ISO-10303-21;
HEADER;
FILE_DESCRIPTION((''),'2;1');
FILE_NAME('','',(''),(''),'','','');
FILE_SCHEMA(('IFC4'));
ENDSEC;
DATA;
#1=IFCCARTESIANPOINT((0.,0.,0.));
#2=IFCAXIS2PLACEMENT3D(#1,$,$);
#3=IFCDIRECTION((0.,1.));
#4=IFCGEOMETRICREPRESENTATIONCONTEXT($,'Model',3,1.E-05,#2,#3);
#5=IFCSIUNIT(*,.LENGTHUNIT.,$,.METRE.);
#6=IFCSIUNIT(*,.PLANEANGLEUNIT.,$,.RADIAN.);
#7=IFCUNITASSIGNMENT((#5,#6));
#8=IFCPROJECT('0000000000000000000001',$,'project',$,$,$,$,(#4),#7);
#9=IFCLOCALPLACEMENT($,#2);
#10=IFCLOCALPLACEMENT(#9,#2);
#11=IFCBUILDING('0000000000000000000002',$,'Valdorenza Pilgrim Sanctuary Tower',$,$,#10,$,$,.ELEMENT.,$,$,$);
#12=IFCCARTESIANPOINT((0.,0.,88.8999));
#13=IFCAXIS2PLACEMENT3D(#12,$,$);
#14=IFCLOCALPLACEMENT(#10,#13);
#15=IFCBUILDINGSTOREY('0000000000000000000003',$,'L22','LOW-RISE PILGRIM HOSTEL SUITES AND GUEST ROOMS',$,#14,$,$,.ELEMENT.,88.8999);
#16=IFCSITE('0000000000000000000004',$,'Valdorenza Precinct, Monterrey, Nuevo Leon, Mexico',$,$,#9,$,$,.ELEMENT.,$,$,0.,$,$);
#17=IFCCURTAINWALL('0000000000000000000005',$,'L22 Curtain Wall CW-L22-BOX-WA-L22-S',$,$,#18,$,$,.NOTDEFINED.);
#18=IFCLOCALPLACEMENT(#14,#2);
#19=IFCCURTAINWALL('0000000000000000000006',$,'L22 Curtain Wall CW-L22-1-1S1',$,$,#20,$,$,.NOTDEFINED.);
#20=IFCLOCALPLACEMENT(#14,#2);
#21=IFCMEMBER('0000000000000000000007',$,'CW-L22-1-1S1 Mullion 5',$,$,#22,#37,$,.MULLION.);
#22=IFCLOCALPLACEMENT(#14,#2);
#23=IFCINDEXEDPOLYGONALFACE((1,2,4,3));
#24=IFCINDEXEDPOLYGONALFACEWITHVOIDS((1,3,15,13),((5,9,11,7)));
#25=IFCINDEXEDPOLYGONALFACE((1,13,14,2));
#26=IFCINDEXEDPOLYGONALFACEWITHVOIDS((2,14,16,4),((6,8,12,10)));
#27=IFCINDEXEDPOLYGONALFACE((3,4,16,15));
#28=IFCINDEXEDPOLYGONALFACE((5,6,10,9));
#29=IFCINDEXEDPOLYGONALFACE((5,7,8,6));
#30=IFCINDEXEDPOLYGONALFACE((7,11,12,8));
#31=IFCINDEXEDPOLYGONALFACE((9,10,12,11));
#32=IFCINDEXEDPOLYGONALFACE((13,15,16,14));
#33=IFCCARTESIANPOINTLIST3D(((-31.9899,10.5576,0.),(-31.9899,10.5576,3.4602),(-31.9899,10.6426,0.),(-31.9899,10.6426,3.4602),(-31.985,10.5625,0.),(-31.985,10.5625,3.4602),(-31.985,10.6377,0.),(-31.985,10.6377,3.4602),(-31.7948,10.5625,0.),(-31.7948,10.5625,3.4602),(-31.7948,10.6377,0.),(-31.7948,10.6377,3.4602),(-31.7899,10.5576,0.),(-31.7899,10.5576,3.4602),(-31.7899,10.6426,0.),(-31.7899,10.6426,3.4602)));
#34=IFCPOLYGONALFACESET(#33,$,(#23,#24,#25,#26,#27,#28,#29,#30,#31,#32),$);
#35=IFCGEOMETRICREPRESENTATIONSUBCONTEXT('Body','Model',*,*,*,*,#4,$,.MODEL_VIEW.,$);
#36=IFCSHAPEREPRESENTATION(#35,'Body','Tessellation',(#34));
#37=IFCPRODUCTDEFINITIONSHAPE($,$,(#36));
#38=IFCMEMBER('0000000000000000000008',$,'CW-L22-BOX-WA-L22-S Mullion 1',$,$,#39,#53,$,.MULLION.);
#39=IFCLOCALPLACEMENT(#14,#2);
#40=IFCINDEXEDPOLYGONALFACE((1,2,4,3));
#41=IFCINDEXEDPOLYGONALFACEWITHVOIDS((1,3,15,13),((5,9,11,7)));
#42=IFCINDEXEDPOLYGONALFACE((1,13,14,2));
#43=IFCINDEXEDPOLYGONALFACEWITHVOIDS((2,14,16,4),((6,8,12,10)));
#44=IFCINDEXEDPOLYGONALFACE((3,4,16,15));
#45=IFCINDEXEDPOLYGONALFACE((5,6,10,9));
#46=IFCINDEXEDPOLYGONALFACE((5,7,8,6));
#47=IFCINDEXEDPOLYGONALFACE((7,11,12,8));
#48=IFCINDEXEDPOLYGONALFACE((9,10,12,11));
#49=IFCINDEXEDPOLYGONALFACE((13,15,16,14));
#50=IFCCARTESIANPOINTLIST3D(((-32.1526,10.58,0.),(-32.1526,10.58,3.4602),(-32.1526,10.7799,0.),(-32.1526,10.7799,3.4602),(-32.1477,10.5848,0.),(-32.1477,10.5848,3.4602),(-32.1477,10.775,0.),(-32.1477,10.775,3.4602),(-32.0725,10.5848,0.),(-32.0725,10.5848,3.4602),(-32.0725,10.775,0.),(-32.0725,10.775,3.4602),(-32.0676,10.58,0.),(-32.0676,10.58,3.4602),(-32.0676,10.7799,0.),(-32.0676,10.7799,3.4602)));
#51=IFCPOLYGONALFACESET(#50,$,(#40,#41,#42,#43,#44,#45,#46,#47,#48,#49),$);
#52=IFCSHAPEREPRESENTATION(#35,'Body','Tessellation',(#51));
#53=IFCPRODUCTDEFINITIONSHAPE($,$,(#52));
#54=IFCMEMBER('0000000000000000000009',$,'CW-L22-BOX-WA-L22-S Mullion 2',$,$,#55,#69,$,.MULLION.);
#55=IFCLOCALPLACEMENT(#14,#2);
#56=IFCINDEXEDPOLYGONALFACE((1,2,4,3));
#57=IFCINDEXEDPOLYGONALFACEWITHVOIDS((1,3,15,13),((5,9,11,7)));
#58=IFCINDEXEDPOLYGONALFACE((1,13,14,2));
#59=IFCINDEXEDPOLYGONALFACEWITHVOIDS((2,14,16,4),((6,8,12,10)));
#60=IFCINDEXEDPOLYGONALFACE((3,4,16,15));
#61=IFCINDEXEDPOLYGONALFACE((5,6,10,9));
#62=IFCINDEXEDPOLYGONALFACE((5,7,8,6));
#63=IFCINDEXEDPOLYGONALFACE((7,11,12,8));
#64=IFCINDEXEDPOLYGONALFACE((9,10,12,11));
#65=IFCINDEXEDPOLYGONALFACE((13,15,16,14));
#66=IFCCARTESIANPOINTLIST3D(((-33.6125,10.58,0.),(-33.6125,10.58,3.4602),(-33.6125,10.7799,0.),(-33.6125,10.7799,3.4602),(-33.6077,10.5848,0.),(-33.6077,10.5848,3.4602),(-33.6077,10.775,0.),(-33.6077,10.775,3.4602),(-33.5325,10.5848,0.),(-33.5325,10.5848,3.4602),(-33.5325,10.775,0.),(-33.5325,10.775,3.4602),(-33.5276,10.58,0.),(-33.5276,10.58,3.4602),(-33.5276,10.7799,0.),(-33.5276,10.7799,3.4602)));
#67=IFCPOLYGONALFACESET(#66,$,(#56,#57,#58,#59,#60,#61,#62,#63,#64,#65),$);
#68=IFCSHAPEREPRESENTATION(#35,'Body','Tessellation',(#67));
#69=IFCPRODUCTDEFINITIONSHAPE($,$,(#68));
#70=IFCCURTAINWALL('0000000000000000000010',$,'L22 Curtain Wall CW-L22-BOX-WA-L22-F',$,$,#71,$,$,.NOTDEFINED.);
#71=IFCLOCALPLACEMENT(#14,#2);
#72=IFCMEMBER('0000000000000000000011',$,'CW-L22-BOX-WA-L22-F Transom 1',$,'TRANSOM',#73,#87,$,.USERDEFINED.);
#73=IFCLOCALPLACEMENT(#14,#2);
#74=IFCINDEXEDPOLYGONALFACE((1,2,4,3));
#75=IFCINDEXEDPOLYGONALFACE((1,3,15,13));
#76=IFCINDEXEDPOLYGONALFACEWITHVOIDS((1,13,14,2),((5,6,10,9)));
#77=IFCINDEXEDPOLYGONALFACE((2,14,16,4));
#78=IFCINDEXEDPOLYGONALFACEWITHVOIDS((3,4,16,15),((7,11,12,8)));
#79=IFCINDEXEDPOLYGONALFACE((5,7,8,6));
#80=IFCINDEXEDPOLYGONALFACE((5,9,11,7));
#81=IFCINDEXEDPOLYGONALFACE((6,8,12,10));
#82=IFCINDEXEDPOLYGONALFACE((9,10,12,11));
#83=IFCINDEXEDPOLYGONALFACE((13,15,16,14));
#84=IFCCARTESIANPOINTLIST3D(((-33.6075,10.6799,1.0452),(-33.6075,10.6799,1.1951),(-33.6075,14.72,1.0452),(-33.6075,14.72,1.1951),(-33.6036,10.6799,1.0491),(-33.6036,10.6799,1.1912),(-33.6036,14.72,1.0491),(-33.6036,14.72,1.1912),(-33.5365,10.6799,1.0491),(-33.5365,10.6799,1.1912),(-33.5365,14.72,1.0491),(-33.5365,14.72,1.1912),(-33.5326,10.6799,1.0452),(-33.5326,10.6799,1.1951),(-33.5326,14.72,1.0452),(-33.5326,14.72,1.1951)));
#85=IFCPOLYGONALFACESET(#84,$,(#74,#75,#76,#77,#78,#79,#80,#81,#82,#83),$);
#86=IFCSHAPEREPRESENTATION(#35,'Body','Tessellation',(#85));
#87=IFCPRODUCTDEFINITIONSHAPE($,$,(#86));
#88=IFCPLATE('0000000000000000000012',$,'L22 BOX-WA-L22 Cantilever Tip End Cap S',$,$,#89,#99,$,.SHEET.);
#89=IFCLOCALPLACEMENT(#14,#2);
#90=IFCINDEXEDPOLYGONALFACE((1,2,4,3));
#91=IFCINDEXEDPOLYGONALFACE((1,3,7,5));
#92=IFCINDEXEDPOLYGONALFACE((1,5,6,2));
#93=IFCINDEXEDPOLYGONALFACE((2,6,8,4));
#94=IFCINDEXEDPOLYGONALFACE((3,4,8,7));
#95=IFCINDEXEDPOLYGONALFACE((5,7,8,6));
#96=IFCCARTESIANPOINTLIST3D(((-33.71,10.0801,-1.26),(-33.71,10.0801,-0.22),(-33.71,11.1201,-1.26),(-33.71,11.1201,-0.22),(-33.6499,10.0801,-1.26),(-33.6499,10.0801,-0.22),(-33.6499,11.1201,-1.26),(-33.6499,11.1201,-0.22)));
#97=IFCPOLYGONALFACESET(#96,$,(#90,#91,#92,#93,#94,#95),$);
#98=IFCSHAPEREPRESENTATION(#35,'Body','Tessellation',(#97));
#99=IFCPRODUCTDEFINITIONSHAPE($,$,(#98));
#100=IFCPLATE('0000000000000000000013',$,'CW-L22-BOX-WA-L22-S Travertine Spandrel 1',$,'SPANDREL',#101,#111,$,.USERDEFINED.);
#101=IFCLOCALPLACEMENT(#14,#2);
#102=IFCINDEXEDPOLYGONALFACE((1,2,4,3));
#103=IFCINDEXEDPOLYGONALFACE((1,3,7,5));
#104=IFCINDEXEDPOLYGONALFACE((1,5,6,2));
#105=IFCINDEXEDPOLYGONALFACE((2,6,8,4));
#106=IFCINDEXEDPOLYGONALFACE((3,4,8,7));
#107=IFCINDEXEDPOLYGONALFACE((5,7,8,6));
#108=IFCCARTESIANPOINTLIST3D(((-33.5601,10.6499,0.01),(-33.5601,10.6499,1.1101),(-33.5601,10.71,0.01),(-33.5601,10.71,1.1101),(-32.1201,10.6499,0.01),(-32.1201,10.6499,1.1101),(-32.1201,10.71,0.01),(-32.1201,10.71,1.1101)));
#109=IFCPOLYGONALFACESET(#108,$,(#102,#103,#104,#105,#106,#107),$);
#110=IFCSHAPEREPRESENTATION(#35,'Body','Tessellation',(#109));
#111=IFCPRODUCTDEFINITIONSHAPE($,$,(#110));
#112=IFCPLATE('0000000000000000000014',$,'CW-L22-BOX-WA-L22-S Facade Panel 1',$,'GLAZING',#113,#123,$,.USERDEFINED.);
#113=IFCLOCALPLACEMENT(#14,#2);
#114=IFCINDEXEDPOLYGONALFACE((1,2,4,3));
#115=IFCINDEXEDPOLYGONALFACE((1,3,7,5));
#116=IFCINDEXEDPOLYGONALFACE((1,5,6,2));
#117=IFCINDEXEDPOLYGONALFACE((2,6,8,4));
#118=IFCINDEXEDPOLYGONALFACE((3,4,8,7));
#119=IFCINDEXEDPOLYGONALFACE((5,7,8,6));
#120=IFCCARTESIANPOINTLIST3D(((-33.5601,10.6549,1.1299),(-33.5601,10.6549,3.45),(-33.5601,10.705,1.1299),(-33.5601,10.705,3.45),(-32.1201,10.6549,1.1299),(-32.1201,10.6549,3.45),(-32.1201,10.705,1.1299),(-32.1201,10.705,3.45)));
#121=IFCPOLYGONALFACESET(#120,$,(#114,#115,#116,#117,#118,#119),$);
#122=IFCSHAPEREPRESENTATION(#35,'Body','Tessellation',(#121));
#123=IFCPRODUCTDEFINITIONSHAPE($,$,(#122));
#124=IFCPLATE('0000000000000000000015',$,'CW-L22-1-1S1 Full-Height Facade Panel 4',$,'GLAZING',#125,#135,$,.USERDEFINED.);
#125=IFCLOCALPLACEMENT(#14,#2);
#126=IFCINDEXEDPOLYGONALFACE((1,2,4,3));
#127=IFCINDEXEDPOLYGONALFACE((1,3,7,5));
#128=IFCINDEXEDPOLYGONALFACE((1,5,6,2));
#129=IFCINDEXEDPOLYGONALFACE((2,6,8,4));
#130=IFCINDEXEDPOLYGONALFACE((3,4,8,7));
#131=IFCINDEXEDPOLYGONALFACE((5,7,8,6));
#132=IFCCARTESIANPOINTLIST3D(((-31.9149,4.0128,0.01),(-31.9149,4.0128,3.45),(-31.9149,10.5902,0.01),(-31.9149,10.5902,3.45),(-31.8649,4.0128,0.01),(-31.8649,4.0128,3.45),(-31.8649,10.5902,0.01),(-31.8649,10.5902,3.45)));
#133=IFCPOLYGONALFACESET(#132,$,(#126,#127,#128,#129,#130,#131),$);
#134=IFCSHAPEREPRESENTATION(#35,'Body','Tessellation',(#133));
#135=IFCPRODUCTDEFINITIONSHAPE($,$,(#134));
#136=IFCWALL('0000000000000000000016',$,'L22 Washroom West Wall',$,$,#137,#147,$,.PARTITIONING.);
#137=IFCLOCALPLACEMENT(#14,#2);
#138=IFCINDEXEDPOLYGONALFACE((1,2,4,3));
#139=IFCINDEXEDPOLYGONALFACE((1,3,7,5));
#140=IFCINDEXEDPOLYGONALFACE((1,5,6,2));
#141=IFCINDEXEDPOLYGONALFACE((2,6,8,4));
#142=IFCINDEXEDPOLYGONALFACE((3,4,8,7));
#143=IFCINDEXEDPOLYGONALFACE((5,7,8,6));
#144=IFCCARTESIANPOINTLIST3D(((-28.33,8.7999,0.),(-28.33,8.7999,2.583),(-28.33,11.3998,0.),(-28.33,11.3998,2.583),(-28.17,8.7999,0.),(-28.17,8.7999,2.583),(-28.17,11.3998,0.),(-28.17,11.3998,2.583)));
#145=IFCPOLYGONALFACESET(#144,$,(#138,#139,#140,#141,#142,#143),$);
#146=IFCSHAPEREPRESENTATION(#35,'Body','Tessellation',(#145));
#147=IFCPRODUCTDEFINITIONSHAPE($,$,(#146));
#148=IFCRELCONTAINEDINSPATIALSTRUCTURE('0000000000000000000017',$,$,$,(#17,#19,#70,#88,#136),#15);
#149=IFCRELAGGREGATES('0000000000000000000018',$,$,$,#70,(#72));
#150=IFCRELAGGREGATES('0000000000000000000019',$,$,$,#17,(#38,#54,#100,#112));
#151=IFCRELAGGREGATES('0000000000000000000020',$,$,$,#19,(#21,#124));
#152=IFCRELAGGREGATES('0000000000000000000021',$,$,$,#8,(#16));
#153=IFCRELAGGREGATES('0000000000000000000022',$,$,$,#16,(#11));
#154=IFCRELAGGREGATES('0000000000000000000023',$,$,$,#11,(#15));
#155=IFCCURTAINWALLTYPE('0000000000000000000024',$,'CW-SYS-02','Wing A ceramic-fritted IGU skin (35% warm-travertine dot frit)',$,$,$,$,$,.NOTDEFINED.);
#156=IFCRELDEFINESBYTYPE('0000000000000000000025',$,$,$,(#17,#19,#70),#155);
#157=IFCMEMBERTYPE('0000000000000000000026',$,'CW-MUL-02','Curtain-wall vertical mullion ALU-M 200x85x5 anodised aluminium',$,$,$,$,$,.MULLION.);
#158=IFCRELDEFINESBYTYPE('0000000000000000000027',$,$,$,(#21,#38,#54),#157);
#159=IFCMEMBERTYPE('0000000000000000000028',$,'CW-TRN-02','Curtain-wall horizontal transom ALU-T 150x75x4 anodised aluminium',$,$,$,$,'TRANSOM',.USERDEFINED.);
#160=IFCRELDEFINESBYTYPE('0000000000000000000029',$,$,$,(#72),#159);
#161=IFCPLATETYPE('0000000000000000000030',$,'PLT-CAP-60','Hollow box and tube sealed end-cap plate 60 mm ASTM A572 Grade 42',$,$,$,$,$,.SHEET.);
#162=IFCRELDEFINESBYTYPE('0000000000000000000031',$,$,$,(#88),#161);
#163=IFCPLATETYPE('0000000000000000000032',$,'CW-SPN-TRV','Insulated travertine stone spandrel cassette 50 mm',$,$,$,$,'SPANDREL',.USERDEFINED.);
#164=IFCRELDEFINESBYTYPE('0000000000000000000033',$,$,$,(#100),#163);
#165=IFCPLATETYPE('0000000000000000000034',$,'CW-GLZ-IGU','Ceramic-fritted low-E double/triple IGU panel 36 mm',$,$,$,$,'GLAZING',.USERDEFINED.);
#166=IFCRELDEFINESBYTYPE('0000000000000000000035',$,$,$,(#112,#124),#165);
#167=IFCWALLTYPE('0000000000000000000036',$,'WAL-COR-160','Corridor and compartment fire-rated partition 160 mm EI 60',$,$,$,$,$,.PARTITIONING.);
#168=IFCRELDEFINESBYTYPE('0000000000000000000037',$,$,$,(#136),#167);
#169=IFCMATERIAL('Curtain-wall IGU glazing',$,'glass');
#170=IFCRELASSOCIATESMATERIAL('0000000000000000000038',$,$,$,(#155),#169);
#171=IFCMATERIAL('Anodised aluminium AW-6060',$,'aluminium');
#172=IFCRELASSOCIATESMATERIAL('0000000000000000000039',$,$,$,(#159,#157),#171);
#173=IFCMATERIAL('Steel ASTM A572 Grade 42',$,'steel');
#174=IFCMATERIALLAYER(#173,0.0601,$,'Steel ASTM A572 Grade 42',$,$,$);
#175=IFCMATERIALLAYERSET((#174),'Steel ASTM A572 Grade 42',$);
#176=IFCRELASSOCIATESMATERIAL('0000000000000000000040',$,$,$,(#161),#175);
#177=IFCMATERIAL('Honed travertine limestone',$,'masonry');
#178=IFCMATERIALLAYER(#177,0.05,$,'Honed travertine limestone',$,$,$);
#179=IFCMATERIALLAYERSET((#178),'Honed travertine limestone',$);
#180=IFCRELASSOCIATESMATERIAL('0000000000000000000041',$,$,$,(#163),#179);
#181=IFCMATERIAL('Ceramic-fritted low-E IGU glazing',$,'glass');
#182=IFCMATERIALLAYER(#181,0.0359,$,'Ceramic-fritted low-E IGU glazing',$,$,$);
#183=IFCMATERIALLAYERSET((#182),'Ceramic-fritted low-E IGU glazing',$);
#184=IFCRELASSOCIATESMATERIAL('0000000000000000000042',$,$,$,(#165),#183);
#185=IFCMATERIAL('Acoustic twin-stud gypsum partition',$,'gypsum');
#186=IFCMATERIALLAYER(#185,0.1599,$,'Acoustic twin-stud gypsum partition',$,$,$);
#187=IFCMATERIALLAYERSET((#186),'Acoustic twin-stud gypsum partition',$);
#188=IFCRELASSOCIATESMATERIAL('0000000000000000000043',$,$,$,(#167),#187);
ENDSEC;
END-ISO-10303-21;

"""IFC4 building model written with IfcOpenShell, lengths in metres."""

from ifc_helpers import new_model, si_unit, direction, frame, frame_2d, origin, origin_2d, place, context, subcontext, project, spatial, rectangle, hollow_rectangle, extrude, source, transform, mapped, material, layer, layer_set, material_profile, profile_set, type_object, element, aggregate, save


model = new_model("IFC4")

# Units and contexts
model_context = context("Model", 3, precision=1e-05, world=origin(), true_north=direction((0.0, 1.0)))
body_context = subcontext(model_context, "Body", "Model", "MODEL_VIEW")
ifc_project = project(units=[si_unit("LENGTHUNIT", "METRE"), si_unit("PLANEANGLEUNIT", "RADIAN")], contexts=[model_context])

# Site, building, storey
site_placement = place(None, origin())
site = spatial("IfcSite", under=ifc_project, at=site_placement, Name="Valdorenza Precinct, Monterrey, Nuevo Leon, Mexico", CompositionType="ELEMENT", RefElevation=0.0)
building_placement = place(site_placement, origin())
building = spatial("IfcBuilding", under=site, at=building_placement, Name="Valdorenza Pilgrim Sanctuary Tower", CompositionType="ELEMENT")
storey_placement = place(building_placement, frame((0.0, 0.0, 88.8999)))
storey = spatial("IfcBuildingStorey", under=building, at=storey_placement, Name="L22", Description="LOW-RISE PILGRIM HOSTEL SUITES AND GUEST ROOMS", CompositionType="ELEMENT", Elevation=88.8999)

# Shared definitions
ifc_material_1 = material(Name="Steel ASTM A572 Grade 42", Category="steel")

# Curtain wall
ifc_material_2 = material(Name="Curtain-wall IGU glazing", Category="glass")
curtain_wall_type = type_object("IfcCurtainWallType", Name="CW-SYS-02", Description="Wing A ceramic-fritted IGU skin (35% warm-travertine dot frit)", PredefinedType="NOTDEFINED", material=ifc_material_2)
curtain_wall_1_placement = place(storey_placement, origin())
curtain_wall_1 = element("IfcCurtainWall", 1, at=curtain_wall_1_placement, inside=storey, type_object=curtain_wall_type, Name="L22 Curtain Wall CW-L22-BOX-WA-L22-S", PredefinedType="NOTDEFINED")
ifc_material_3 = material(Name="Anodised aluminium AW-6060", Category="aluminium")
ifc_material_profile_1 = material_profile(ifc_material_3, hollow_rectangle(XDim=0.075, YDim=0.1499, WallThickness=0.0039, at=origin_2d()), Name="ALU-T 150x75x4")
ifc_profile_set_1 = profile_set([ifc_material_profile_1], Name="Anodised aluminium AW-6060")
member_type_1 = type_object("IfcMemberType", Name="CW-TRN-02", Description="Curtain-wall horizontal transom ALU-T 150x75x4 anodised aluminium", ElementType="TRANSOM", PredefinedType="USERDEFINED", material=ifc_profile_set_1)

# Curtain wall, member
curtain_wall_2_placement = place(storey_placement, origin())
curtain_wall_2 = element("IfcCurtainWall", 2, at=curtain_wall_2_placement, inside=storey, type_object=curtain_wall_type, Name="L22 Curtain Wall CW-L22-1-1S1", PredefinedType="NOTDEFINED")
ifc_material_profile_2 = material_profile(ifc_material_3, hollow_rectangle(XDim=0.085, YDim=0.2, WallThickness=0.0049, at=origin_2d()), Name="ALU-M 200x85x5")
ifc_profile_set_2 = profile_set([ifc_material_profile_2], Name="Anodised aluminium AW-6060")
member_type_2 = type_object("IfcMemberType", Name="CW-MUL-02", Description="Curtain-wall vertical mullion ALU-M 200x85x5 anodised aluminium", PredefinedType="MULLION", material=ifc_profile_set_2)
shared_shape_1 = source(origin(), body_context, "Body", "SweptSolid", [
    extrude(hollow_rectangle(XDim=0.085, YDim=0.2, WallThickness=0.0049, at=origin_2d()), origin(), (0.0, 0.0, 1.0), 3.4602),
])
member_1_placement = place(storey_placement, frame((-31.8899, 10.6001, 0.0), z_axis=(0.0, 0.0, 1.0), x_axis=(0.0, 1.0, 0.0)))
member_1 = element("IfcMember", 3, at=member_1_placement, type_object=member_type_2, Name="CW-L22-1-1S1 Mullion 5", PredefinedType="MULLION", context=body_context, shape_type="MappedRepresentation", body=[
    mapped(shared_shape_1, transform((0.0, 0.0, 0.0), x_axis=(1.0, 0.0, 0.0), y_axis=(0.0, 1.0, 0.0), z_axis=(0.0, 0.0, 1.0), scale=1.0)),
])

# Members
member_2_placement = place(storey_placement, frame((-32.1101, 10.6799, 0.0), z_axis=(0.0, 0.0, 1.0), x_axis=(-1.0, 0.0, 0.0)))
member_2 = element("IfcMember", 4, at=member_2_placement, type_object=member_type_2, Name="CW-L22-BOX-WA-L22-S Mullion 1", PredefinedType="MULLION", context=body_context, shape_type="MappedRepresentation", body=[
    mapped(shared_shape_1, transform((0.0, 0.0, 0.0), x_axis=(1.0, 0.0, 0.0), y_axis=(0.0, 1.0, 0.0), z_axis=(0.0, 0.0, 1.0), scale=1.0)),
])
member_3_placement = place(storey_placement, frame((-33.5701, 10.6799, 0.0), z_axis=(0.0, 0.0, 1.0), x_axis=(-1.0, 0.0, 0.0)))
member_3 = element("IfcMember", 5, at=member_3_placement, type_object=member_type_2, Name="CW-L22-BOX-WA-L22-S Mullion 2", PredefinedType="MULLION", context=body_context, shape_type="MappedRepresentation", body=[
    mapped(shared_shape_1, transform((0.0, 0.0, 0.0), x_axis=(1.0, 0.0, 0.0), y_axis=(0.0, 1.0, 0.0), z_axis=(0.0, 0.0, 1.0), scale=1.0)),
])

# Curtain wall, member
curtain_wall_3_placement = place(storey_placement, origin())
curtain_wall_3 = element("IfcCurtainWall", 6, at=curtain_wall_3_placement, inside=storey, type_object=curtain_wall_type, Name="L22 Curtain Wall CW-L22-BOX-WA-L22-F", PredefinedType="NOTDEFINED")
shared_shape_2 = source(origin(), body_context, "Body", "SweptSolid", [
    extrude(hollow_rectangle(XDim=0.075, YDim=0.1499, WallThickness=0.0039, at=origin_2d()), origin(), (0.0, 0.0, 1.0), 4.04),
])
member_4_placement = place(storey_placement, frame((-33.5701, 10.6799, 1.1201), z_axis=(0.0, 1.0, 0.0), x_axis=(-1.0, 0.0, 0.0)))
member_4 = element("IfcMember", 7, at=member_4_placement, type_object=member_type_1, Name="CW-L22-BOX-WA-L22-F Transom 1", ObjectType="TRANSOM", PredefinedType="USERDEFINED", context=body_context, shape_type="MappedRepresentation", body=[
    mapped(shared_shape_2, transform((0.0, 0.0, 0.0), x_axis=(1.0, 0.0, 0.0), y_axis=(0.0, 1.0, 0.0), z_axis=(0.0, 0.0, 1.0), scale=1.0)),
])
aggregate(curtain_wall_3, [member_4])

# Plates
ifc_layer_1 = layer(ifc_material_1, 0.0601, Name="Steel ASTM A572 Grade 42")
ifc_layer_set_1 = layer_set([ifc_layer_1], Name="Steel ASTM A572 Grade 42")
plate_type_1 = type_object("IfcPlateType", Name="PLT-CAP-60", Description="Hollow box and tube sealed end-cap plate 60 mm ASTM A572 Grade 42", PredefinedType="SHEET", material=ifc_layer_set_1)
shared_shape_3 = source(origin(), body_context, "Body", "SweptSolid", [
    extrude(rectangle(XDim=0.0601, YDim=1.04, at=origin_2d()), origin(), (0.0, 0.0, 1.0), 1.04),
])
plate_1_placement = place(storey_placement, frame((-33.6799, 10.6001, -1.26), z_axis=(0.0, 0.0, 1.0), x_axis=(1.0, 0.0, 0.0)))
element("IfcPlate", 8, at=plate_1_placement, inside=storey, type_object=plate_type_1, Name="L22 BOX-WA-L22 Cantilever Tip End Cap S", PredefinedType="SHEET", context=body_context, shape_type="MappedRepresentation", body=[
    mapped(shared_shape_3, transform((0.0, 0.0, 0.0), x_axis=(1.0, 0.0, 0.0), y_axis=(0.0, 1.0, 0.0), z_axis=(0.0, 0.0, 1.0), scale=1.0)),
])
ifc_material_4 = material(Name="Honed travertine limestone", Category="masonry")
ifc_layer_2 = layer(ifc_material_4, 0.05, Name="Honed travertine limestone")
ifc_layer_set_2 = layer_set([ifc_layer_2], Name="Honed travertine limestone")
plate_type_2 = type_object("IfcPlateType", Name="CW-SPN-TRV", Description="Insulated travertine stone spandrel cassette 50 mm", ElementType="SPANDREL", PredefinedType="USERDEFINED", material=ifc_layer_set_2)
shared_shape_4 = source(origin(), body_context, "Body", "SweptSolid", [
    extrude(rectangle(XDim=1.4399, YDim=0.0601, at=origin_2d()), origin(), (0.0, 0.0, 1.0), 1.1001),
])
plate_2_placement = place(storey_placement, frame((-32.8401, 10.6799, 0.01), z_axis=(0.0, 0.0, 1.0), x_axis=(-1.0, 0.0, 0.0)))
plate_2 = element("IfcPlate", 9, at=plate_2_placement, type_object=plate_type_2, Name="CW-L22-BOX-WA-L22-S Travertine Spandrel 1", ObjectType="SPANDREL", PredefinedType="USERDEFINED", context=body_context, shape_type="MappedRepresentation", body=[
    mapped(shared_shape_4, transform((0.0, 0.0, 0.0), x_axis=(1.0, 0.0, 0.0), y_axis=(0.0, 1.0, 0.0), z_axis=(0.0, 0.0, 1.0), scale=1.0)),
])
ifc_material_5 = material(Name="Ceramic-fritted low-E IGU glazing", Category="glass")
ifc_layer_3 = layer(ifc_material_5, 0.0359, Name="Ceramic-fritted low-E IGU glazing")
ifc_layer_set_3 = layer_set([ifc_layer_3], Name="Ceramic-fritted low-E IGU glazing")
plate_type_3 = type_object("IfcPlateType", Name="CW-GLZ-IGU", Description="Ceramic-fritted low-E double/triple IGU panel 36 mm", ElementType="GLAZING", PredefinedType="USERDEFINED", material=ifc_layer_set_3)
shared_shape_5 = source(origin(), body_context, "Body", "SweptSolid", [
    extrude(rectangle(XDim=1.4399, YDim=0.05, at=origin_2d()), origin(), (0.0, 0.0, 1.0), 2.3201),
])
plate_3_placement = place(storey_placement, frame((-32.8401, 10.6799, 1.1299), z_axis=(0.0, 0.0, 1.0), x_axis=(-1.0, 0.0, 0.0)))
plate_3 = element("IfcPlate", 10, at=plate_3_placement, type_object=plate_type_3, Name="CW-L22-BOX-WA-L22-S Facade Panel 1", ObjectType="GLAZING", PredefinedType="USERDEFINED", context=body_context, shape_type="MappedRepresentation", body=[
    mapped(shared_shape_5, transform((0.0, 0.0, 0.0), x_axis=(1.0, 0.0, 0.0), y_axis=(0.0, 1.0, 0.0), z_axis=(0.0, 0.0, 1.0), scale=1.0)),
])
aggregate(curtain_wall_1, [member_2, member_3, plate_2, plate_3])
shared_shape_6 = source(origin(), body_context, "Body", "SweptSolid", [
    extrude(rectangle(XDim=6.5774, YDim=0.05, at=origin_2d()), origin(), (0.0, 0.0, 1.0), 3.4399),
])
plate_4_placement = place(storey_placement, frame((-31.8899, 7.3015, 0.01), z_axis=(0.0, 0.0, 1.0), x_axis=(0.0, 1.0, 0.0)))
plate_4 = element("IfcPlate", 11, at=plate_4_placement, type_object=plate_type_3, Name="CW-L22-1-1S1 Full-Height Facade Panel 4", ObjectType="GLAZING", PredefinedType="USERDEFINED", context=body_context, shape_type="MappedRepresentation", body=[
    mapped(shared_shape_6, transform((0.0, 0.0, 0.0), x_axis=(1.0, 0.0, 0.0), y_axis=(0.0, 1.0, 0.0), z_axis=(0.0, 0.0, 1.0), scale=1.0)),
])
aggregate(curtain_wall_2, [member_1, plate_4])

# Wall
ifc_material_6 = material(Name="Acoustic twin-stud gypsum partition", Category="gypsum")
ifc_layer_4 = layer(ifc_material_6, 0.1599, Name="Acoustic twin-stud gypsum partition")
ifc_layer_set_4 = layer_set([ifc_layer_4], Name="Acoustic twin-stud gypsum partition")
wall_type_1 = type_object("IfcWallType", Name="WAL-COR-160", Description="Corridor and compartment fire-rated partition 160 mm EI 60", PredefinedType="PARTITIONING", material=ifc_layer_set_4)
wall_1_placement = place(storey_placement, frame((-28.25, 8.8, 0.0), z_axis=(0.0, 0.0, 1.0), x_axis=(0.0, 1.0, 0.0)))
element("IfcWall", 12, at=wall_1_placement, inside=storey, type_object=wall_type_1, Name="L22 Washroom West Wall", PredefinedType="PARTITIONING", context=body_context, shape_type="SweptSolid", body=[
    extrude(rectangle(XDim=2.5999, YDim=0.1599, at=frame_2d((1.2998, 0.0))), origin(), (0.0, 0.0, 1.0), 2.583),
])

save(model, "model.ifc")
